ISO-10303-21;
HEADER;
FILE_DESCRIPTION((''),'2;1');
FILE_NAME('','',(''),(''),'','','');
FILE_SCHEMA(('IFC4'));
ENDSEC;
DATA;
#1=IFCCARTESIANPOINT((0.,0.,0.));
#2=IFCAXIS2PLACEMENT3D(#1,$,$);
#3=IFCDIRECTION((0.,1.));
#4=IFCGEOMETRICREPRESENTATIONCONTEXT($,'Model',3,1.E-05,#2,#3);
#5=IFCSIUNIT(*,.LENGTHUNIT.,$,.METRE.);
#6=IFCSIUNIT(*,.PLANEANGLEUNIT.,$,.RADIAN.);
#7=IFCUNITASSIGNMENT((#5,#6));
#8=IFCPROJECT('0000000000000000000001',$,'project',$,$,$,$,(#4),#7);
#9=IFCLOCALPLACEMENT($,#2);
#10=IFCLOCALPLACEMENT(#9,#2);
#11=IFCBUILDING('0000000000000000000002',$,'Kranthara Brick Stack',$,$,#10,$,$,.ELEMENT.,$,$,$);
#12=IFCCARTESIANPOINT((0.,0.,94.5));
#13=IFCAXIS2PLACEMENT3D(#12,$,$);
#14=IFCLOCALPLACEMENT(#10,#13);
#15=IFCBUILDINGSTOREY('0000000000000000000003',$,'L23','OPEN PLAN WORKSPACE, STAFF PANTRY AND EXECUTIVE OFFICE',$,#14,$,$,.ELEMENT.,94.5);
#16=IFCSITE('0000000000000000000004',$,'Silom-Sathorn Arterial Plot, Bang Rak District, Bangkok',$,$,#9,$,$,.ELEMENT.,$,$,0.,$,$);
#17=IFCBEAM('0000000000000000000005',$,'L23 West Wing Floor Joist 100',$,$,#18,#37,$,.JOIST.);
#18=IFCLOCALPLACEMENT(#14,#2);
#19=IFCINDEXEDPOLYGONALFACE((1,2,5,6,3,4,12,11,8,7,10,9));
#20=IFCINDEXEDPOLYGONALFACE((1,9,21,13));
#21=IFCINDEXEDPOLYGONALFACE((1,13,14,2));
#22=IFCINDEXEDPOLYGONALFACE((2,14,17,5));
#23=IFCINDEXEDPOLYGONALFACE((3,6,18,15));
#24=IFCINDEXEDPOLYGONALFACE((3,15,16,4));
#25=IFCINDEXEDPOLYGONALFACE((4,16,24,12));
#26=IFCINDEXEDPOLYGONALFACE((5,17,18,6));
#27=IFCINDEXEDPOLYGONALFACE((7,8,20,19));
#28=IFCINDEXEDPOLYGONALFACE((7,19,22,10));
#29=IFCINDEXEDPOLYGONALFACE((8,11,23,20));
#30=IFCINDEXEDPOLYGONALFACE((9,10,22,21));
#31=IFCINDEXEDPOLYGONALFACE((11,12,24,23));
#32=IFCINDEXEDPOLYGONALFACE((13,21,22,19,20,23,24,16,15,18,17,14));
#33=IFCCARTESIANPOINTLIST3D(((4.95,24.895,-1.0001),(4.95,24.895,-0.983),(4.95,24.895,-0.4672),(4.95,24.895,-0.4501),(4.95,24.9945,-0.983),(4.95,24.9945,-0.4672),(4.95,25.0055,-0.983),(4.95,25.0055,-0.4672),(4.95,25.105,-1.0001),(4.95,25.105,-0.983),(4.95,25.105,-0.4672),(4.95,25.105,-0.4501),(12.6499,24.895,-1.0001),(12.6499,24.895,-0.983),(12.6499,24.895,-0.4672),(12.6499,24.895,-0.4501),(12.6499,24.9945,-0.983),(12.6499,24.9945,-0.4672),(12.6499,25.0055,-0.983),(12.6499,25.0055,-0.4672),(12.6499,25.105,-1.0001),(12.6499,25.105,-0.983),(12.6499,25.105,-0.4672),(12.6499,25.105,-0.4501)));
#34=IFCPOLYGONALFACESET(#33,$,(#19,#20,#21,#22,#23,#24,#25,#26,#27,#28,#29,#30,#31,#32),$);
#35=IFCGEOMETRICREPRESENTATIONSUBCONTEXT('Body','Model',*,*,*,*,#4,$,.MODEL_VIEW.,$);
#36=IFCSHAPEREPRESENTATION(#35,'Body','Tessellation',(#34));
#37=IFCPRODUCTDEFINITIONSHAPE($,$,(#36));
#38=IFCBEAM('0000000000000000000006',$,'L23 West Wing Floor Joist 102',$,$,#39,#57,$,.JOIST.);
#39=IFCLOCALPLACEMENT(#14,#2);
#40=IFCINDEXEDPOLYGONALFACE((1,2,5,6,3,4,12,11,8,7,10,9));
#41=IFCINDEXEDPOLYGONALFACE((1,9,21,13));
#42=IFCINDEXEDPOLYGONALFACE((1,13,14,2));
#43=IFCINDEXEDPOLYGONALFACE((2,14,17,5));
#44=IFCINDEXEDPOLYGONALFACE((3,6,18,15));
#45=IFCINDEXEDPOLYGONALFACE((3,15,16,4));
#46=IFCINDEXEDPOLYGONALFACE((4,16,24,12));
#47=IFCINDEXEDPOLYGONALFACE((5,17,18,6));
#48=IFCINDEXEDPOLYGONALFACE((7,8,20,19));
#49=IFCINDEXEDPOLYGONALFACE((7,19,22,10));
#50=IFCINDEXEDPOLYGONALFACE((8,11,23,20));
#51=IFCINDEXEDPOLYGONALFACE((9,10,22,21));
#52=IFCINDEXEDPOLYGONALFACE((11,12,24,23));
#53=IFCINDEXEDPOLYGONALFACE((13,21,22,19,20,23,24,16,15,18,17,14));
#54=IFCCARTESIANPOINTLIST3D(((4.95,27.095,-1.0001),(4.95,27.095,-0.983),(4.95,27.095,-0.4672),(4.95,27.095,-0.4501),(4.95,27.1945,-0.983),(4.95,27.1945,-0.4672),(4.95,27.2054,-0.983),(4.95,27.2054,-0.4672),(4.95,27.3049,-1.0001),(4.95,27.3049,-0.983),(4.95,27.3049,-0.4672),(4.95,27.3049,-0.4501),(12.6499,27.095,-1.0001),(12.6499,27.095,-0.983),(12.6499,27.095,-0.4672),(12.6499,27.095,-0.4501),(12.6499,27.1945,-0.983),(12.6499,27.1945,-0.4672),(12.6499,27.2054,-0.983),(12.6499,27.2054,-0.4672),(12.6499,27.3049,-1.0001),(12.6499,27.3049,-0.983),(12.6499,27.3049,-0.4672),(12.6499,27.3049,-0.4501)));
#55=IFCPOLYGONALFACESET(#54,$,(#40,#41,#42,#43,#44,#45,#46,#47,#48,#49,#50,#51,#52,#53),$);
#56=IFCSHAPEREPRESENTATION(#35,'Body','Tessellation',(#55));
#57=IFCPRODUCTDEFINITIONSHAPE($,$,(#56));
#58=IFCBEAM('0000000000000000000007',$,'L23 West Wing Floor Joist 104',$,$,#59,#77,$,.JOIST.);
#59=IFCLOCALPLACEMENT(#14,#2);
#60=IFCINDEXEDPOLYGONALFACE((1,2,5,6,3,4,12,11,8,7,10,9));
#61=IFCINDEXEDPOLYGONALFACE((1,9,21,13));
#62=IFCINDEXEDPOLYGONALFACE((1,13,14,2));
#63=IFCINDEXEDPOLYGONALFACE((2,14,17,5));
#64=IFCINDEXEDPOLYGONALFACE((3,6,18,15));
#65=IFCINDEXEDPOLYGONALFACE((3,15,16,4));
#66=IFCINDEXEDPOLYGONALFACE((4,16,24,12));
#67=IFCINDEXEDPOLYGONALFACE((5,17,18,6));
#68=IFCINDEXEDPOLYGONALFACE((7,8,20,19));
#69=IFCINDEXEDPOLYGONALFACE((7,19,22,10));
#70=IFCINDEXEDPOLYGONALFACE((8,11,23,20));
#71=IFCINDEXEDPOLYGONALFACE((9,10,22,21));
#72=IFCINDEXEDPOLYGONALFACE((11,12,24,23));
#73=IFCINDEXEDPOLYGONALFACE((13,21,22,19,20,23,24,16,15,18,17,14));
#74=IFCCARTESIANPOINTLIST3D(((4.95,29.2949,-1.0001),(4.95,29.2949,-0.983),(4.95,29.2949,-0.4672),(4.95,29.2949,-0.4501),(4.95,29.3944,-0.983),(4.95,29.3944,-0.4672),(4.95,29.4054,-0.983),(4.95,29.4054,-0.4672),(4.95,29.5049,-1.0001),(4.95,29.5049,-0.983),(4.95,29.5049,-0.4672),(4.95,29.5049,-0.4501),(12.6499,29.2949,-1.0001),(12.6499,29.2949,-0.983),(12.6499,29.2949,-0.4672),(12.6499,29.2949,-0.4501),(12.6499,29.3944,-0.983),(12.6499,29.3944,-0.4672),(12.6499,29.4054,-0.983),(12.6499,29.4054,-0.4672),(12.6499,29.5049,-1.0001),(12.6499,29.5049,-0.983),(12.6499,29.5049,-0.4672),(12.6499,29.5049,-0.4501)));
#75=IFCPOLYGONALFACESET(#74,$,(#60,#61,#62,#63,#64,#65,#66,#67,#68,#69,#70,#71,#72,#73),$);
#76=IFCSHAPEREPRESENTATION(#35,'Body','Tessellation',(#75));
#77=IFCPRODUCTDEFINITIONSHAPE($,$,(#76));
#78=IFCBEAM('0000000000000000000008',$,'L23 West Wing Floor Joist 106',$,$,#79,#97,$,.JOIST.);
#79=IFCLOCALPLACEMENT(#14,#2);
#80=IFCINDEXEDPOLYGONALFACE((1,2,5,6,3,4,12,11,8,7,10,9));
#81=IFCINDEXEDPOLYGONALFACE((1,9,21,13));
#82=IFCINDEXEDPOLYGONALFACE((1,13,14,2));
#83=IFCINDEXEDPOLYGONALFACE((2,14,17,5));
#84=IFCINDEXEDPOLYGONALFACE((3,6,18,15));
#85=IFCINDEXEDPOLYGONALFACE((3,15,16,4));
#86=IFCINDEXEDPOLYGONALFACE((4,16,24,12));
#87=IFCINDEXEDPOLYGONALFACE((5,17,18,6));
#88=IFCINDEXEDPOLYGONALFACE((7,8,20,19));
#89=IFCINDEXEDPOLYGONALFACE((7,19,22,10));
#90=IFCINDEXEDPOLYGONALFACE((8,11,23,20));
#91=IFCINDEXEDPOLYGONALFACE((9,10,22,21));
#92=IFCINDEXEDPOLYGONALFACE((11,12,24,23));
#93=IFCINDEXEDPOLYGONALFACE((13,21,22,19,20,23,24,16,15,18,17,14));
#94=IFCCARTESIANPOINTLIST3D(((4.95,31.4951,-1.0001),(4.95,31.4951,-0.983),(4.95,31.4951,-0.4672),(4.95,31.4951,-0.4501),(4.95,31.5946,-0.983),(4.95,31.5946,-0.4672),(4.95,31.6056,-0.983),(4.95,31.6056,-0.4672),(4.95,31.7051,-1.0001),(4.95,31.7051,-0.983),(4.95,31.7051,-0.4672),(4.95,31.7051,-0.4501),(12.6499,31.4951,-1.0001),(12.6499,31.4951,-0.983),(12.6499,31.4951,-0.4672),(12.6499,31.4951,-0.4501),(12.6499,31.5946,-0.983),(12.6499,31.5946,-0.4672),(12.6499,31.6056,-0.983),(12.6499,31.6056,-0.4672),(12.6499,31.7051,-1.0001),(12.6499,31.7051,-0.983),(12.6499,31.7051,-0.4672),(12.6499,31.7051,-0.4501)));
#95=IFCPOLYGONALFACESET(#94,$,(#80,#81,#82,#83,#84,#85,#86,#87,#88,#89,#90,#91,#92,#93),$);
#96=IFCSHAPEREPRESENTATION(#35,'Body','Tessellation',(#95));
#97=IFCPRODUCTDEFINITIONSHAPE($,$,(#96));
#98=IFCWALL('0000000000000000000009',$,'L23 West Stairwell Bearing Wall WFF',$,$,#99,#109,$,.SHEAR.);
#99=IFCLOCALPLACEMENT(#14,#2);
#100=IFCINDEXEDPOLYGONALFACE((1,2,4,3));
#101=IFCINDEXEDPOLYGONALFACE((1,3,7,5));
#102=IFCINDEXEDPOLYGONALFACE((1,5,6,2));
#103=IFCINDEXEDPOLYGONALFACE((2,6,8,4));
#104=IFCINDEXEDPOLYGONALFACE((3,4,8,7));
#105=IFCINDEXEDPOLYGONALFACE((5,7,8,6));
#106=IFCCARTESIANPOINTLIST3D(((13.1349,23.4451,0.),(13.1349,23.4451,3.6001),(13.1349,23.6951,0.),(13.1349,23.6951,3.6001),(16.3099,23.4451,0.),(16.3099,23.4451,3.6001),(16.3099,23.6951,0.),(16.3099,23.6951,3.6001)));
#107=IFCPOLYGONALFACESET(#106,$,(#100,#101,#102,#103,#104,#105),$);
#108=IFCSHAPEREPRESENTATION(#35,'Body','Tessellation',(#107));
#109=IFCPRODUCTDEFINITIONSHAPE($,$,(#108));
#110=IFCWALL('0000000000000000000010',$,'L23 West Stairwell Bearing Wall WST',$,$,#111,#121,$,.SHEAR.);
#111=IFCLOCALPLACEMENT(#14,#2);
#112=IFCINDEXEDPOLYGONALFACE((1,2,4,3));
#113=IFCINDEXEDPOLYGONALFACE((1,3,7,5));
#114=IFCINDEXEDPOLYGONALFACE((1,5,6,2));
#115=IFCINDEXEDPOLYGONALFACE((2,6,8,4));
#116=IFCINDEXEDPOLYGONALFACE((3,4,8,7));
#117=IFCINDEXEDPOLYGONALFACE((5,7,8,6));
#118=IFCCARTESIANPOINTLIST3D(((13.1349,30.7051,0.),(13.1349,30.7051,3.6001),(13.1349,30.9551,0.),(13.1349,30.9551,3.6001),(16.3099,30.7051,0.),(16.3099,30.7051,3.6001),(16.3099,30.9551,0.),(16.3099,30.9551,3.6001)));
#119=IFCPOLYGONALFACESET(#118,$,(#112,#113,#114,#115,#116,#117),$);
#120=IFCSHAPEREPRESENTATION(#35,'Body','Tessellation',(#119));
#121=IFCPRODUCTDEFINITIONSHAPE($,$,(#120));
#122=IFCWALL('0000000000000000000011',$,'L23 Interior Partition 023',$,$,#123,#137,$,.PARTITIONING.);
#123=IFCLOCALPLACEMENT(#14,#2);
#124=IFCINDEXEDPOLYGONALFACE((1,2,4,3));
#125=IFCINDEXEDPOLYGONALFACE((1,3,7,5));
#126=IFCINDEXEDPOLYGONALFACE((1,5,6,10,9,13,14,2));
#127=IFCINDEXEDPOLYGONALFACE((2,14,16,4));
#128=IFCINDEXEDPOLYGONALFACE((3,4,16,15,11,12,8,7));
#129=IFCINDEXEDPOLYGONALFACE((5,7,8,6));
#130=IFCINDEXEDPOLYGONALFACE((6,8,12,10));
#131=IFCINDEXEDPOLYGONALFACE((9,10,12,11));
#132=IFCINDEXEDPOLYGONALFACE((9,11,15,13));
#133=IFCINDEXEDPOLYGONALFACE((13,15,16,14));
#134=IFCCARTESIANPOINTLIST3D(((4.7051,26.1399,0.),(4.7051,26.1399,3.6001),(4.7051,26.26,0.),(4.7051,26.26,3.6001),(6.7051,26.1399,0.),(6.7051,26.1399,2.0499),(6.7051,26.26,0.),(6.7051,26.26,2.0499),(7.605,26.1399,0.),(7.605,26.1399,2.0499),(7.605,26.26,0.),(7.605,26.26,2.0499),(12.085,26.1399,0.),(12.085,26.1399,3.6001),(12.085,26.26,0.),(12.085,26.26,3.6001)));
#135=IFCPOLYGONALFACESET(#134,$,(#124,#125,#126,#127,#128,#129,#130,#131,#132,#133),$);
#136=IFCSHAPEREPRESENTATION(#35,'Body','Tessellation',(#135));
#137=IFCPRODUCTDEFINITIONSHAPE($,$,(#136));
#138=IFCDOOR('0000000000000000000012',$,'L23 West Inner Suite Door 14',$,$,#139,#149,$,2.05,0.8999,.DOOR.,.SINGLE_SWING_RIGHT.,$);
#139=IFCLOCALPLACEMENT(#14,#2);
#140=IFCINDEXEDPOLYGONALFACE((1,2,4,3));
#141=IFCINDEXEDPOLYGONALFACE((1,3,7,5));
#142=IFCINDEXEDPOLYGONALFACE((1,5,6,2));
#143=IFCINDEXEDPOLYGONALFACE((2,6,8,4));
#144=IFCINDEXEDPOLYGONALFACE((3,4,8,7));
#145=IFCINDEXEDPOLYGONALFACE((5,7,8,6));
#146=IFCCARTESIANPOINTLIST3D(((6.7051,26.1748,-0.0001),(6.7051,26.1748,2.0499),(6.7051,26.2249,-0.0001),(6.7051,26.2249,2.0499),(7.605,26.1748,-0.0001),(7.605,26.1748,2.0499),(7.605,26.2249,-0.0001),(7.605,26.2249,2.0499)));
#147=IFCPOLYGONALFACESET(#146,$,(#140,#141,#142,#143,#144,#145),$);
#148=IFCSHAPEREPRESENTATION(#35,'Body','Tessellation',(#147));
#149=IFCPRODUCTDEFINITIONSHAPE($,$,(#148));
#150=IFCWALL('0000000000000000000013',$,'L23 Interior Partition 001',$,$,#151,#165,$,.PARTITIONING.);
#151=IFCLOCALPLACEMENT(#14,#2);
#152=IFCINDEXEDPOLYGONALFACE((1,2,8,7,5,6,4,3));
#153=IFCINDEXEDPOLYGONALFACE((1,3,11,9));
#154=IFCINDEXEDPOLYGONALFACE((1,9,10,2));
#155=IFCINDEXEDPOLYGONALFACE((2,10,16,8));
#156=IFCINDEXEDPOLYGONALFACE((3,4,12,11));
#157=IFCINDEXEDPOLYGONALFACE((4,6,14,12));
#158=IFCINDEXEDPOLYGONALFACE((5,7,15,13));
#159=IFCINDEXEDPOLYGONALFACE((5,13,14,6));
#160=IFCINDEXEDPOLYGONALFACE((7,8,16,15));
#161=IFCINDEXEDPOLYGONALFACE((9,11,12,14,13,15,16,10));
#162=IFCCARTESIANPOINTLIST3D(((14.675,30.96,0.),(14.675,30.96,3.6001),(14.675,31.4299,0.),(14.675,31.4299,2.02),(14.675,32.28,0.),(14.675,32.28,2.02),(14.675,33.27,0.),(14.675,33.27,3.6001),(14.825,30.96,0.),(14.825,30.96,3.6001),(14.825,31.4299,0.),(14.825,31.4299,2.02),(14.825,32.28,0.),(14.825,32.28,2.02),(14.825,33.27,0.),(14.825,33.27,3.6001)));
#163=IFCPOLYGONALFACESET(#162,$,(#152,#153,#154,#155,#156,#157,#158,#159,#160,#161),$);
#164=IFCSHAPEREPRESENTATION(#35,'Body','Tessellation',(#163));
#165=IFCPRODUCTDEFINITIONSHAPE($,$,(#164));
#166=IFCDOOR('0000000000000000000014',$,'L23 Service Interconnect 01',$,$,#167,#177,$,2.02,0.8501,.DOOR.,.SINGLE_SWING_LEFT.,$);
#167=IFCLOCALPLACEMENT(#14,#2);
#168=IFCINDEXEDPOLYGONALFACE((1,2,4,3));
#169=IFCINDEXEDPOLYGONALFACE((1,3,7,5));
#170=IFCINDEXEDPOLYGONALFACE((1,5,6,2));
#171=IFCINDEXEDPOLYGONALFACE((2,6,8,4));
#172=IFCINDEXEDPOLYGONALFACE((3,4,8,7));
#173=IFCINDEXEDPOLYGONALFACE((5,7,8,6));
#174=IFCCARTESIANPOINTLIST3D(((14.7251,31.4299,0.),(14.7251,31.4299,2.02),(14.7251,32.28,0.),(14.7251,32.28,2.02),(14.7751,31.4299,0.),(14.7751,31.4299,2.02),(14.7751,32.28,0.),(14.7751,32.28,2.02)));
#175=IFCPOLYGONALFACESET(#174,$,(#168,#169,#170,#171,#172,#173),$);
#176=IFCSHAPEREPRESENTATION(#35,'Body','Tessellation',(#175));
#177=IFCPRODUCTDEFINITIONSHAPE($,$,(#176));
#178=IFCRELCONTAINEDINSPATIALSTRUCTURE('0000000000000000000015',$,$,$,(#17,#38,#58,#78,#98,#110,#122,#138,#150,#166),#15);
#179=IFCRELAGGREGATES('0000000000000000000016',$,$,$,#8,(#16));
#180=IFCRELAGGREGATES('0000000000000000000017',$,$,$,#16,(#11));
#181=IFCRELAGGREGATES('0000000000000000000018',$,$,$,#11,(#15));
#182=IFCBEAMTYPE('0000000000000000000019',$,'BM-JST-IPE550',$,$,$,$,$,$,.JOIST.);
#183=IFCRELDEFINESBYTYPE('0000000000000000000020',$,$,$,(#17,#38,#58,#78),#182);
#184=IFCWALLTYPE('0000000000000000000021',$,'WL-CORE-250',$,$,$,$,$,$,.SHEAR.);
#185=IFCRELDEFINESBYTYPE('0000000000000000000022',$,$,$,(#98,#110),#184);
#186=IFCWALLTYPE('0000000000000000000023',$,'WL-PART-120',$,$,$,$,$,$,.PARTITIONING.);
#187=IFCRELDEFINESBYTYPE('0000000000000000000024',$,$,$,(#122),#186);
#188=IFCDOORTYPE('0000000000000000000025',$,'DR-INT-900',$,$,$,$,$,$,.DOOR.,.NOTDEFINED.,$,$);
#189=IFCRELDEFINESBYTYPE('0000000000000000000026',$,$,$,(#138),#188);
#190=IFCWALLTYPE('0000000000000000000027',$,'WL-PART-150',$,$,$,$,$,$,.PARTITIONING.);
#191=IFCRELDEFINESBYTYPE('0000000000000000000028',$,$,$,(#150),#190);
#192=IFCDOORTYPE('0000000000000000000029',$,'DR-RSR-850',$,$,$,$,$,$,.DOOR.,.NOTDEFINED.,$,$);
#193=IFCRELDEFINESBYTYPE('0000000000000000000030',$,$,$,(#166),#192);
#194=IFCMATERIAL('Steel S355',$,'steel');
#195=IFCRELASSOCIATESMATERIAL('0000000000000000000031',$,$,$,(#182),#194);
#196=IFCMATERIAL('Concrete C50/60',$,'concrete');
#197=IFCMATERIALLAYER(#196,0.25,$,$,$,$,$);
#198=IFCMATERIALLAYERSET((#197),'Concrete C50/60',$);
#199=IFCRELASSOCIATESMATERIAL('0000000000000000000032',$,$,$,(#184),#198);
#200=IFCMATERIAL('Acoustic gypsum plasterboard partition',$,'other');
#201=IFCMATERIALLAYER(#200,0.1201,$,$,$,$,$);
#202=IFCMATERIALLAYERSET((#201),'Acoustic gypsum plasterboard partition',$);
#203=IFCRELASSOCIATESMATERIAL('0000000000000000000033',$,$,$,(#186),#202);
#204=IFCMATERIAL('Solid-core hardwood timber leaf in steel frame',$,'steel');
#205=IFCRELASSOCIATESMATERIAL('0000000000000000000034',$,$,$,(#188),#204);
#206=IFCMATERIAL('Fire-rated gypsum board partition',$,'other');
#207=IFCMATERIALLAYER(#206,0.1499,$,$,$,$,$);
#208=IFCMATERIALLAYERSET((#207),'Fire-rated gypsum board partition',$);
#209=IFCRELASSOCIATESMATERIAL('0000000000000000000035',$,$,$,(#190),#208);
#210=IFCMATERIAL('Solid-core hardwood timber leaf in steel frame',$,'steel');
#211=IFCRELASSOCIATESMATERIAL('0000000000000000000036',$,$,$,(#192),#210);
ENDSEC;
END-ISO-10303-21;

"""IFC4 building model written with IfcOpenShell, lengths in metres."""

from ifc_helpers import new_model, si_unit, direction, frame, frame_2d, origin, origin_2d, place, context, subcontext, project, spatial, rectangle, i_section, extrude, material, layer, layer_set, material_profile, profile_set, type_object, element, fill, save


model = new_model("IFC4")

# Units and contexts
model_context = context("Model", 3, precision=1e-05, world=origin(), true_north=direction((0.0, 1.0)))
body_context = subcontext(model_context, "Body", "Model", "MODEL_VIEW")
ifc_project = project(units=[si_unit("LENGTHUNIT", "METRE"), si_unit("PLANEANGLEUNIT", "RADIAN")], contexts=[model_context])

# Site, building, storey
site_placement = place(None, origin())
site = spatial("IfcSite", under=ifc_project, at=site_placement, Name="Silom-Sathorn Arterial Plot, Bang Rak District, Bangkok", CompositionType="ELEMENT", RefElevation=0.0)
building_placement = place(site_placement, origin())
building = spatial("IfcBuilding", under=site, at=building_placement, Name="Kranthara Brick Stack", CompositionType="ELEMENT")
storey_placement = place(building_placement, frame((0.0, 0.0, 94.5)))
storey = spatial("IfcBuildingStorey", under=building, at=storey_placement, Name="L23", Description="OPEN PLAN WORKSPACE, STAFF PANTRY AND EXECUTIVE OFFICE", CompositionType="ELEMENT", Elevation=94.5)

# Beams
ifc_material_1 = material(Name="Steel S355", Category="steel")
ifc_material_profile = material_profile(ifc_material_1, i_section(OverallWidth=0.21, OverallDepth=0.55, WebThickness=0.011, FlangeThickness=0.0171, at=origin_2d()), Name="IPE 550")
ifc_profile_set = profile_set([ifc_material_profile], Name="Steel S355")
beam_type = type_object("IfcBeamType", Name="BM-JST-IPE550", PredefinedType="JOIST", material=ifc_profile_set)
for number, where, z_axis, x_axis, name in (
    (1, (4.95, 25.0, -0.7251), (1.0, 0.0, 0.0), (0.0, 1.0, 0.0), "L23 West Wing Floor Joist 100"),
    (2, (4.95, 27.2, -0.7251), (1.0, 0.0, 0.0), (0.0, 1.0, 0.0), "L23 West Wing Floor Joist 102"),
    (3, (4.95, 29.3999, -0.7251), (1.0, 0.0, 0.0), (0.0, 1.0, 0.0), "L23 West Wing Floor Joist 104"),
    (4, (4.95, 31.6001, -0.7251), (1.0, 0.0, 0.0), (0.0, 1.0, 0.0), "L23 West Wing Floor Joist 106"),
):
    element("IfcBeam", number, at=place(storey_placement, frame(where, z_axis=z_axis, x_axis=x_axis)), inside=storey, type_object=beam_type, Name=name, PredefinedType="JOIST", context=body_context, shape_type="SweptSolid", body=[
        extrude(i_section(OverallWidth=0.21, OverallDepth=0.55, WebThickness=0.011, FlangeThickness=0.0171, at=origin_2d()), origin(), (0.0, 0.0, 1.0), 7.7),
    ])

# Walls
ifc_material_2 = material(Name="Concrete C50/60", Category="concrete")
ifc_layer_1 = layer(ifc_material_2, 0.25)
ifc_layer_set_1 = layer_set([ifc_layer_1], Name="Concrete C50/60")
wall_type_1 = type_object("IfcWallType", Name="WL-CORE-250", PredefinedType="SHEAR", material=ifc_layer_set_1)
for number, where, z_axis, x_axis, name in (
    (5, (13.135, 23.5701, 0.0), (0.0, 0.0, 1.0), (1.0, 0.0, 0.0), "L23 West Stairwell Bearing Wall WFF"),
    (6, (13.135, 30.8301, 0.0), (0.0, 0.0, 1.0), (1.0, 0.0, 0.0), "L23 West Stairwell Bearing Wall WST"),
):
    element("IfcWall", number, at=place(storey_placement, frame(where, z_axis=z_axis, x_axis=x_axis)), inside=storey, type_object=wall_type_1, Name=name, PredefinedType="SHEAR", context=body_context, shape_type="SweptSolid", body=[
        extrude(rectangle(XDim=3.175, YDim=0.25, at=frame_2d((1.5874, 0.0))), origin(), (0.0, 0.0, 1.0), 3.6001),
    ])

# Walls, openings, doors
ifc_material_3 = material(Name="Acoustic gypsum plasterboard partition", Category="other")
ifc_layer_2 = layer(ifc_material_3, 0.1201)
ifc_layer_set_2 = layer_set([ifc_layer_2], Name="Acoustic gypsum plasterboard partition")
wall_type_2 = type_object("IfcWallType", Name="WL-PART-120", PredefinedType="PARTITIONING", material=ifc_layer_set_2)
wall_1_placement = place(storey_placement, frame((4.7051, 26.2, 0.0), z_axis=(0.0, 0.0, 1.0), x_axis=(1.0, 0.0, 0.0)))
wall_1 = element("IfcWall", 7, at=wall_1_placement, inside=storey, type_object=wall_type_2, Name="L23 Interior Partition 023", PredefinedType="PARTITIONING", context=body_context, shape_type="SweptSolid", body=[
    extrude(rectangle(XDim=7.3799, YDim=0.1201, at=frame_2d((3.6899, 0.0))), origin(), (0.0, 0.0, 1.0), 3.6001),
])
opening_1_placement = place(wall_1_placement, frame((2.0, 0.0, 0.0)))
opening_1 = element("IfcOpeningElement", 8, at=opening_1_placement, cuts=wall_1, PredefinedType="OPENING", context=body_context, shape_type="SweptSolid", body=[
    extrude(rectangle(XDim=0.8999, YDim=2.05, at=frame_2d((0.45, 1.0249))), frame((0.0, 0.0701, 0.0), z_axis=(0.0, -1.0, 0.0), x_axis=(1.0, 0.0, 0.0)), (0.0, 0.0, 1.0), 0.1401),
])
ifc_material_4 = material(Name="Solid-core hardwood timber leaf in steel frame", Category="steel")
door_type_1 = type_object("IfcDoorType", Name="DR-INT-900", OperationType="NOTDEFINED", PredefinedType="DOOR", material=ifc_material_4)
door_1_placement = place(opening_1_placement, origin())
door_1 = element("IfcDoor", 9, at=door_1_placement, inside=storey, type_object=door_type_1, Name="L23 West Inner Suite Door 14", OperationType="SINGLE_SWING_RIGHT", OverallHeight=2.05, OverallWidth=0.8999, PredefinedType="DOOR", context=body_context, shape_type="SweptSolid", body=[
    extrude(rectangle(XDim=0.8999, YDim=2.05, at=frame_2d((0.45, 1.0249))), frame((0.0, 0.0249, 0.0), z_axis=(0.0, -1.0, 0.0), x_axis=(1.0, 0.0, 0.0)), (0.0, 0.0, 1.0), 0.05),
])
fill(opening_1, door_1)
ifc_material_5 = material(Name="Fire-rated gypsum board partition", Category="other")
ifc_layer_3 = layer(ifc_material_5, 0.1499)
ifc_layer_set_3 = layer_set([ifc_layer_3], Name="Fire-rated gypsum board partition")
wall_type_3 = type_object("IfcWallType", Name="WL-PART-150", PredefinedType="PARTITIONING", material=ifc_layer_set_3)
wall_2_placement = place(storey_placement, frame((14.75, 30.96, 0.0), z_axis=(0.0, 0.0, 1.0), x_axis=(0.0, 1.0, 0.0)))
wall_2 = element("IfcWall", 10, at=wall_2_placement, inside=storey, type_object=wall_type_3, Name="L23 Interior Partition 001", PredefinedType="PARTITIONING", context=body_context, shape_type="SweptSolid", body=[
    extrude(rectangle(XDim=2.3101, YDim=0.1499, at=frame_2d((1.155, 0.0))), origin(), (0.0, 0.0, 1.0), 3.6001),
])
opening_2_placement = place(wall_2_placement, frame((0.47, 0.0, 0.0)))
opening_2 = element("IfcOpeningElement", 11, at=opening_2_placement, cuts=wall_2, PredefinedType="OPENING", context=body_context, shape_type="SweptSolid", body=[
    extrude(rectangle(XDim=0.8501, YDim=2.02, at=frame_2d((0.425, 1.01))), frame((0.0, 0.085, 0.0), z_axis=(0.0, -1.0, 0.0), x_axis=(1.0, 0.0, 0.0)), (0.0, 0.0, 1.0), 0.1699),
])
ifc_material_6 = material(Name="Solid-core hardwood timber leaf in steel frame", Category="steel")
door_type_2 = type_object("IfcDoorType", Name="DR-RSR-850", OperationType="NOTDEFINED", PredefinedType="DOOR", material=ifc_material_6)
door_2_placement = place(opening_2_placement, origin())
door_2 = element("IfcDoor", 12, at=door_2_placement, inside=storey, type_object=door_type_2, Name="L23 Service Interconnect 01", OperationType="SINGLE_SWING_LEFT", OverallHeight=2.02, OverallWidth=0.8501, PredefinedType="DOOR", context=body_context, shape_type="SweptSolid", body=[
    extrude(rectangle(XDim=0.8501, YDim=2.02, at=frame_2d((0.425, 1.01))), frame((0.0, 0.0249, 0.0), z_axis=(0.0, -1.0, 0.0), x_axis=(1.0, 0.0, 0.0)), (0.0, 0.0, 1.0), 0.05),
])
fill(opening_2, door_2)

save(model, "model.ifc")
